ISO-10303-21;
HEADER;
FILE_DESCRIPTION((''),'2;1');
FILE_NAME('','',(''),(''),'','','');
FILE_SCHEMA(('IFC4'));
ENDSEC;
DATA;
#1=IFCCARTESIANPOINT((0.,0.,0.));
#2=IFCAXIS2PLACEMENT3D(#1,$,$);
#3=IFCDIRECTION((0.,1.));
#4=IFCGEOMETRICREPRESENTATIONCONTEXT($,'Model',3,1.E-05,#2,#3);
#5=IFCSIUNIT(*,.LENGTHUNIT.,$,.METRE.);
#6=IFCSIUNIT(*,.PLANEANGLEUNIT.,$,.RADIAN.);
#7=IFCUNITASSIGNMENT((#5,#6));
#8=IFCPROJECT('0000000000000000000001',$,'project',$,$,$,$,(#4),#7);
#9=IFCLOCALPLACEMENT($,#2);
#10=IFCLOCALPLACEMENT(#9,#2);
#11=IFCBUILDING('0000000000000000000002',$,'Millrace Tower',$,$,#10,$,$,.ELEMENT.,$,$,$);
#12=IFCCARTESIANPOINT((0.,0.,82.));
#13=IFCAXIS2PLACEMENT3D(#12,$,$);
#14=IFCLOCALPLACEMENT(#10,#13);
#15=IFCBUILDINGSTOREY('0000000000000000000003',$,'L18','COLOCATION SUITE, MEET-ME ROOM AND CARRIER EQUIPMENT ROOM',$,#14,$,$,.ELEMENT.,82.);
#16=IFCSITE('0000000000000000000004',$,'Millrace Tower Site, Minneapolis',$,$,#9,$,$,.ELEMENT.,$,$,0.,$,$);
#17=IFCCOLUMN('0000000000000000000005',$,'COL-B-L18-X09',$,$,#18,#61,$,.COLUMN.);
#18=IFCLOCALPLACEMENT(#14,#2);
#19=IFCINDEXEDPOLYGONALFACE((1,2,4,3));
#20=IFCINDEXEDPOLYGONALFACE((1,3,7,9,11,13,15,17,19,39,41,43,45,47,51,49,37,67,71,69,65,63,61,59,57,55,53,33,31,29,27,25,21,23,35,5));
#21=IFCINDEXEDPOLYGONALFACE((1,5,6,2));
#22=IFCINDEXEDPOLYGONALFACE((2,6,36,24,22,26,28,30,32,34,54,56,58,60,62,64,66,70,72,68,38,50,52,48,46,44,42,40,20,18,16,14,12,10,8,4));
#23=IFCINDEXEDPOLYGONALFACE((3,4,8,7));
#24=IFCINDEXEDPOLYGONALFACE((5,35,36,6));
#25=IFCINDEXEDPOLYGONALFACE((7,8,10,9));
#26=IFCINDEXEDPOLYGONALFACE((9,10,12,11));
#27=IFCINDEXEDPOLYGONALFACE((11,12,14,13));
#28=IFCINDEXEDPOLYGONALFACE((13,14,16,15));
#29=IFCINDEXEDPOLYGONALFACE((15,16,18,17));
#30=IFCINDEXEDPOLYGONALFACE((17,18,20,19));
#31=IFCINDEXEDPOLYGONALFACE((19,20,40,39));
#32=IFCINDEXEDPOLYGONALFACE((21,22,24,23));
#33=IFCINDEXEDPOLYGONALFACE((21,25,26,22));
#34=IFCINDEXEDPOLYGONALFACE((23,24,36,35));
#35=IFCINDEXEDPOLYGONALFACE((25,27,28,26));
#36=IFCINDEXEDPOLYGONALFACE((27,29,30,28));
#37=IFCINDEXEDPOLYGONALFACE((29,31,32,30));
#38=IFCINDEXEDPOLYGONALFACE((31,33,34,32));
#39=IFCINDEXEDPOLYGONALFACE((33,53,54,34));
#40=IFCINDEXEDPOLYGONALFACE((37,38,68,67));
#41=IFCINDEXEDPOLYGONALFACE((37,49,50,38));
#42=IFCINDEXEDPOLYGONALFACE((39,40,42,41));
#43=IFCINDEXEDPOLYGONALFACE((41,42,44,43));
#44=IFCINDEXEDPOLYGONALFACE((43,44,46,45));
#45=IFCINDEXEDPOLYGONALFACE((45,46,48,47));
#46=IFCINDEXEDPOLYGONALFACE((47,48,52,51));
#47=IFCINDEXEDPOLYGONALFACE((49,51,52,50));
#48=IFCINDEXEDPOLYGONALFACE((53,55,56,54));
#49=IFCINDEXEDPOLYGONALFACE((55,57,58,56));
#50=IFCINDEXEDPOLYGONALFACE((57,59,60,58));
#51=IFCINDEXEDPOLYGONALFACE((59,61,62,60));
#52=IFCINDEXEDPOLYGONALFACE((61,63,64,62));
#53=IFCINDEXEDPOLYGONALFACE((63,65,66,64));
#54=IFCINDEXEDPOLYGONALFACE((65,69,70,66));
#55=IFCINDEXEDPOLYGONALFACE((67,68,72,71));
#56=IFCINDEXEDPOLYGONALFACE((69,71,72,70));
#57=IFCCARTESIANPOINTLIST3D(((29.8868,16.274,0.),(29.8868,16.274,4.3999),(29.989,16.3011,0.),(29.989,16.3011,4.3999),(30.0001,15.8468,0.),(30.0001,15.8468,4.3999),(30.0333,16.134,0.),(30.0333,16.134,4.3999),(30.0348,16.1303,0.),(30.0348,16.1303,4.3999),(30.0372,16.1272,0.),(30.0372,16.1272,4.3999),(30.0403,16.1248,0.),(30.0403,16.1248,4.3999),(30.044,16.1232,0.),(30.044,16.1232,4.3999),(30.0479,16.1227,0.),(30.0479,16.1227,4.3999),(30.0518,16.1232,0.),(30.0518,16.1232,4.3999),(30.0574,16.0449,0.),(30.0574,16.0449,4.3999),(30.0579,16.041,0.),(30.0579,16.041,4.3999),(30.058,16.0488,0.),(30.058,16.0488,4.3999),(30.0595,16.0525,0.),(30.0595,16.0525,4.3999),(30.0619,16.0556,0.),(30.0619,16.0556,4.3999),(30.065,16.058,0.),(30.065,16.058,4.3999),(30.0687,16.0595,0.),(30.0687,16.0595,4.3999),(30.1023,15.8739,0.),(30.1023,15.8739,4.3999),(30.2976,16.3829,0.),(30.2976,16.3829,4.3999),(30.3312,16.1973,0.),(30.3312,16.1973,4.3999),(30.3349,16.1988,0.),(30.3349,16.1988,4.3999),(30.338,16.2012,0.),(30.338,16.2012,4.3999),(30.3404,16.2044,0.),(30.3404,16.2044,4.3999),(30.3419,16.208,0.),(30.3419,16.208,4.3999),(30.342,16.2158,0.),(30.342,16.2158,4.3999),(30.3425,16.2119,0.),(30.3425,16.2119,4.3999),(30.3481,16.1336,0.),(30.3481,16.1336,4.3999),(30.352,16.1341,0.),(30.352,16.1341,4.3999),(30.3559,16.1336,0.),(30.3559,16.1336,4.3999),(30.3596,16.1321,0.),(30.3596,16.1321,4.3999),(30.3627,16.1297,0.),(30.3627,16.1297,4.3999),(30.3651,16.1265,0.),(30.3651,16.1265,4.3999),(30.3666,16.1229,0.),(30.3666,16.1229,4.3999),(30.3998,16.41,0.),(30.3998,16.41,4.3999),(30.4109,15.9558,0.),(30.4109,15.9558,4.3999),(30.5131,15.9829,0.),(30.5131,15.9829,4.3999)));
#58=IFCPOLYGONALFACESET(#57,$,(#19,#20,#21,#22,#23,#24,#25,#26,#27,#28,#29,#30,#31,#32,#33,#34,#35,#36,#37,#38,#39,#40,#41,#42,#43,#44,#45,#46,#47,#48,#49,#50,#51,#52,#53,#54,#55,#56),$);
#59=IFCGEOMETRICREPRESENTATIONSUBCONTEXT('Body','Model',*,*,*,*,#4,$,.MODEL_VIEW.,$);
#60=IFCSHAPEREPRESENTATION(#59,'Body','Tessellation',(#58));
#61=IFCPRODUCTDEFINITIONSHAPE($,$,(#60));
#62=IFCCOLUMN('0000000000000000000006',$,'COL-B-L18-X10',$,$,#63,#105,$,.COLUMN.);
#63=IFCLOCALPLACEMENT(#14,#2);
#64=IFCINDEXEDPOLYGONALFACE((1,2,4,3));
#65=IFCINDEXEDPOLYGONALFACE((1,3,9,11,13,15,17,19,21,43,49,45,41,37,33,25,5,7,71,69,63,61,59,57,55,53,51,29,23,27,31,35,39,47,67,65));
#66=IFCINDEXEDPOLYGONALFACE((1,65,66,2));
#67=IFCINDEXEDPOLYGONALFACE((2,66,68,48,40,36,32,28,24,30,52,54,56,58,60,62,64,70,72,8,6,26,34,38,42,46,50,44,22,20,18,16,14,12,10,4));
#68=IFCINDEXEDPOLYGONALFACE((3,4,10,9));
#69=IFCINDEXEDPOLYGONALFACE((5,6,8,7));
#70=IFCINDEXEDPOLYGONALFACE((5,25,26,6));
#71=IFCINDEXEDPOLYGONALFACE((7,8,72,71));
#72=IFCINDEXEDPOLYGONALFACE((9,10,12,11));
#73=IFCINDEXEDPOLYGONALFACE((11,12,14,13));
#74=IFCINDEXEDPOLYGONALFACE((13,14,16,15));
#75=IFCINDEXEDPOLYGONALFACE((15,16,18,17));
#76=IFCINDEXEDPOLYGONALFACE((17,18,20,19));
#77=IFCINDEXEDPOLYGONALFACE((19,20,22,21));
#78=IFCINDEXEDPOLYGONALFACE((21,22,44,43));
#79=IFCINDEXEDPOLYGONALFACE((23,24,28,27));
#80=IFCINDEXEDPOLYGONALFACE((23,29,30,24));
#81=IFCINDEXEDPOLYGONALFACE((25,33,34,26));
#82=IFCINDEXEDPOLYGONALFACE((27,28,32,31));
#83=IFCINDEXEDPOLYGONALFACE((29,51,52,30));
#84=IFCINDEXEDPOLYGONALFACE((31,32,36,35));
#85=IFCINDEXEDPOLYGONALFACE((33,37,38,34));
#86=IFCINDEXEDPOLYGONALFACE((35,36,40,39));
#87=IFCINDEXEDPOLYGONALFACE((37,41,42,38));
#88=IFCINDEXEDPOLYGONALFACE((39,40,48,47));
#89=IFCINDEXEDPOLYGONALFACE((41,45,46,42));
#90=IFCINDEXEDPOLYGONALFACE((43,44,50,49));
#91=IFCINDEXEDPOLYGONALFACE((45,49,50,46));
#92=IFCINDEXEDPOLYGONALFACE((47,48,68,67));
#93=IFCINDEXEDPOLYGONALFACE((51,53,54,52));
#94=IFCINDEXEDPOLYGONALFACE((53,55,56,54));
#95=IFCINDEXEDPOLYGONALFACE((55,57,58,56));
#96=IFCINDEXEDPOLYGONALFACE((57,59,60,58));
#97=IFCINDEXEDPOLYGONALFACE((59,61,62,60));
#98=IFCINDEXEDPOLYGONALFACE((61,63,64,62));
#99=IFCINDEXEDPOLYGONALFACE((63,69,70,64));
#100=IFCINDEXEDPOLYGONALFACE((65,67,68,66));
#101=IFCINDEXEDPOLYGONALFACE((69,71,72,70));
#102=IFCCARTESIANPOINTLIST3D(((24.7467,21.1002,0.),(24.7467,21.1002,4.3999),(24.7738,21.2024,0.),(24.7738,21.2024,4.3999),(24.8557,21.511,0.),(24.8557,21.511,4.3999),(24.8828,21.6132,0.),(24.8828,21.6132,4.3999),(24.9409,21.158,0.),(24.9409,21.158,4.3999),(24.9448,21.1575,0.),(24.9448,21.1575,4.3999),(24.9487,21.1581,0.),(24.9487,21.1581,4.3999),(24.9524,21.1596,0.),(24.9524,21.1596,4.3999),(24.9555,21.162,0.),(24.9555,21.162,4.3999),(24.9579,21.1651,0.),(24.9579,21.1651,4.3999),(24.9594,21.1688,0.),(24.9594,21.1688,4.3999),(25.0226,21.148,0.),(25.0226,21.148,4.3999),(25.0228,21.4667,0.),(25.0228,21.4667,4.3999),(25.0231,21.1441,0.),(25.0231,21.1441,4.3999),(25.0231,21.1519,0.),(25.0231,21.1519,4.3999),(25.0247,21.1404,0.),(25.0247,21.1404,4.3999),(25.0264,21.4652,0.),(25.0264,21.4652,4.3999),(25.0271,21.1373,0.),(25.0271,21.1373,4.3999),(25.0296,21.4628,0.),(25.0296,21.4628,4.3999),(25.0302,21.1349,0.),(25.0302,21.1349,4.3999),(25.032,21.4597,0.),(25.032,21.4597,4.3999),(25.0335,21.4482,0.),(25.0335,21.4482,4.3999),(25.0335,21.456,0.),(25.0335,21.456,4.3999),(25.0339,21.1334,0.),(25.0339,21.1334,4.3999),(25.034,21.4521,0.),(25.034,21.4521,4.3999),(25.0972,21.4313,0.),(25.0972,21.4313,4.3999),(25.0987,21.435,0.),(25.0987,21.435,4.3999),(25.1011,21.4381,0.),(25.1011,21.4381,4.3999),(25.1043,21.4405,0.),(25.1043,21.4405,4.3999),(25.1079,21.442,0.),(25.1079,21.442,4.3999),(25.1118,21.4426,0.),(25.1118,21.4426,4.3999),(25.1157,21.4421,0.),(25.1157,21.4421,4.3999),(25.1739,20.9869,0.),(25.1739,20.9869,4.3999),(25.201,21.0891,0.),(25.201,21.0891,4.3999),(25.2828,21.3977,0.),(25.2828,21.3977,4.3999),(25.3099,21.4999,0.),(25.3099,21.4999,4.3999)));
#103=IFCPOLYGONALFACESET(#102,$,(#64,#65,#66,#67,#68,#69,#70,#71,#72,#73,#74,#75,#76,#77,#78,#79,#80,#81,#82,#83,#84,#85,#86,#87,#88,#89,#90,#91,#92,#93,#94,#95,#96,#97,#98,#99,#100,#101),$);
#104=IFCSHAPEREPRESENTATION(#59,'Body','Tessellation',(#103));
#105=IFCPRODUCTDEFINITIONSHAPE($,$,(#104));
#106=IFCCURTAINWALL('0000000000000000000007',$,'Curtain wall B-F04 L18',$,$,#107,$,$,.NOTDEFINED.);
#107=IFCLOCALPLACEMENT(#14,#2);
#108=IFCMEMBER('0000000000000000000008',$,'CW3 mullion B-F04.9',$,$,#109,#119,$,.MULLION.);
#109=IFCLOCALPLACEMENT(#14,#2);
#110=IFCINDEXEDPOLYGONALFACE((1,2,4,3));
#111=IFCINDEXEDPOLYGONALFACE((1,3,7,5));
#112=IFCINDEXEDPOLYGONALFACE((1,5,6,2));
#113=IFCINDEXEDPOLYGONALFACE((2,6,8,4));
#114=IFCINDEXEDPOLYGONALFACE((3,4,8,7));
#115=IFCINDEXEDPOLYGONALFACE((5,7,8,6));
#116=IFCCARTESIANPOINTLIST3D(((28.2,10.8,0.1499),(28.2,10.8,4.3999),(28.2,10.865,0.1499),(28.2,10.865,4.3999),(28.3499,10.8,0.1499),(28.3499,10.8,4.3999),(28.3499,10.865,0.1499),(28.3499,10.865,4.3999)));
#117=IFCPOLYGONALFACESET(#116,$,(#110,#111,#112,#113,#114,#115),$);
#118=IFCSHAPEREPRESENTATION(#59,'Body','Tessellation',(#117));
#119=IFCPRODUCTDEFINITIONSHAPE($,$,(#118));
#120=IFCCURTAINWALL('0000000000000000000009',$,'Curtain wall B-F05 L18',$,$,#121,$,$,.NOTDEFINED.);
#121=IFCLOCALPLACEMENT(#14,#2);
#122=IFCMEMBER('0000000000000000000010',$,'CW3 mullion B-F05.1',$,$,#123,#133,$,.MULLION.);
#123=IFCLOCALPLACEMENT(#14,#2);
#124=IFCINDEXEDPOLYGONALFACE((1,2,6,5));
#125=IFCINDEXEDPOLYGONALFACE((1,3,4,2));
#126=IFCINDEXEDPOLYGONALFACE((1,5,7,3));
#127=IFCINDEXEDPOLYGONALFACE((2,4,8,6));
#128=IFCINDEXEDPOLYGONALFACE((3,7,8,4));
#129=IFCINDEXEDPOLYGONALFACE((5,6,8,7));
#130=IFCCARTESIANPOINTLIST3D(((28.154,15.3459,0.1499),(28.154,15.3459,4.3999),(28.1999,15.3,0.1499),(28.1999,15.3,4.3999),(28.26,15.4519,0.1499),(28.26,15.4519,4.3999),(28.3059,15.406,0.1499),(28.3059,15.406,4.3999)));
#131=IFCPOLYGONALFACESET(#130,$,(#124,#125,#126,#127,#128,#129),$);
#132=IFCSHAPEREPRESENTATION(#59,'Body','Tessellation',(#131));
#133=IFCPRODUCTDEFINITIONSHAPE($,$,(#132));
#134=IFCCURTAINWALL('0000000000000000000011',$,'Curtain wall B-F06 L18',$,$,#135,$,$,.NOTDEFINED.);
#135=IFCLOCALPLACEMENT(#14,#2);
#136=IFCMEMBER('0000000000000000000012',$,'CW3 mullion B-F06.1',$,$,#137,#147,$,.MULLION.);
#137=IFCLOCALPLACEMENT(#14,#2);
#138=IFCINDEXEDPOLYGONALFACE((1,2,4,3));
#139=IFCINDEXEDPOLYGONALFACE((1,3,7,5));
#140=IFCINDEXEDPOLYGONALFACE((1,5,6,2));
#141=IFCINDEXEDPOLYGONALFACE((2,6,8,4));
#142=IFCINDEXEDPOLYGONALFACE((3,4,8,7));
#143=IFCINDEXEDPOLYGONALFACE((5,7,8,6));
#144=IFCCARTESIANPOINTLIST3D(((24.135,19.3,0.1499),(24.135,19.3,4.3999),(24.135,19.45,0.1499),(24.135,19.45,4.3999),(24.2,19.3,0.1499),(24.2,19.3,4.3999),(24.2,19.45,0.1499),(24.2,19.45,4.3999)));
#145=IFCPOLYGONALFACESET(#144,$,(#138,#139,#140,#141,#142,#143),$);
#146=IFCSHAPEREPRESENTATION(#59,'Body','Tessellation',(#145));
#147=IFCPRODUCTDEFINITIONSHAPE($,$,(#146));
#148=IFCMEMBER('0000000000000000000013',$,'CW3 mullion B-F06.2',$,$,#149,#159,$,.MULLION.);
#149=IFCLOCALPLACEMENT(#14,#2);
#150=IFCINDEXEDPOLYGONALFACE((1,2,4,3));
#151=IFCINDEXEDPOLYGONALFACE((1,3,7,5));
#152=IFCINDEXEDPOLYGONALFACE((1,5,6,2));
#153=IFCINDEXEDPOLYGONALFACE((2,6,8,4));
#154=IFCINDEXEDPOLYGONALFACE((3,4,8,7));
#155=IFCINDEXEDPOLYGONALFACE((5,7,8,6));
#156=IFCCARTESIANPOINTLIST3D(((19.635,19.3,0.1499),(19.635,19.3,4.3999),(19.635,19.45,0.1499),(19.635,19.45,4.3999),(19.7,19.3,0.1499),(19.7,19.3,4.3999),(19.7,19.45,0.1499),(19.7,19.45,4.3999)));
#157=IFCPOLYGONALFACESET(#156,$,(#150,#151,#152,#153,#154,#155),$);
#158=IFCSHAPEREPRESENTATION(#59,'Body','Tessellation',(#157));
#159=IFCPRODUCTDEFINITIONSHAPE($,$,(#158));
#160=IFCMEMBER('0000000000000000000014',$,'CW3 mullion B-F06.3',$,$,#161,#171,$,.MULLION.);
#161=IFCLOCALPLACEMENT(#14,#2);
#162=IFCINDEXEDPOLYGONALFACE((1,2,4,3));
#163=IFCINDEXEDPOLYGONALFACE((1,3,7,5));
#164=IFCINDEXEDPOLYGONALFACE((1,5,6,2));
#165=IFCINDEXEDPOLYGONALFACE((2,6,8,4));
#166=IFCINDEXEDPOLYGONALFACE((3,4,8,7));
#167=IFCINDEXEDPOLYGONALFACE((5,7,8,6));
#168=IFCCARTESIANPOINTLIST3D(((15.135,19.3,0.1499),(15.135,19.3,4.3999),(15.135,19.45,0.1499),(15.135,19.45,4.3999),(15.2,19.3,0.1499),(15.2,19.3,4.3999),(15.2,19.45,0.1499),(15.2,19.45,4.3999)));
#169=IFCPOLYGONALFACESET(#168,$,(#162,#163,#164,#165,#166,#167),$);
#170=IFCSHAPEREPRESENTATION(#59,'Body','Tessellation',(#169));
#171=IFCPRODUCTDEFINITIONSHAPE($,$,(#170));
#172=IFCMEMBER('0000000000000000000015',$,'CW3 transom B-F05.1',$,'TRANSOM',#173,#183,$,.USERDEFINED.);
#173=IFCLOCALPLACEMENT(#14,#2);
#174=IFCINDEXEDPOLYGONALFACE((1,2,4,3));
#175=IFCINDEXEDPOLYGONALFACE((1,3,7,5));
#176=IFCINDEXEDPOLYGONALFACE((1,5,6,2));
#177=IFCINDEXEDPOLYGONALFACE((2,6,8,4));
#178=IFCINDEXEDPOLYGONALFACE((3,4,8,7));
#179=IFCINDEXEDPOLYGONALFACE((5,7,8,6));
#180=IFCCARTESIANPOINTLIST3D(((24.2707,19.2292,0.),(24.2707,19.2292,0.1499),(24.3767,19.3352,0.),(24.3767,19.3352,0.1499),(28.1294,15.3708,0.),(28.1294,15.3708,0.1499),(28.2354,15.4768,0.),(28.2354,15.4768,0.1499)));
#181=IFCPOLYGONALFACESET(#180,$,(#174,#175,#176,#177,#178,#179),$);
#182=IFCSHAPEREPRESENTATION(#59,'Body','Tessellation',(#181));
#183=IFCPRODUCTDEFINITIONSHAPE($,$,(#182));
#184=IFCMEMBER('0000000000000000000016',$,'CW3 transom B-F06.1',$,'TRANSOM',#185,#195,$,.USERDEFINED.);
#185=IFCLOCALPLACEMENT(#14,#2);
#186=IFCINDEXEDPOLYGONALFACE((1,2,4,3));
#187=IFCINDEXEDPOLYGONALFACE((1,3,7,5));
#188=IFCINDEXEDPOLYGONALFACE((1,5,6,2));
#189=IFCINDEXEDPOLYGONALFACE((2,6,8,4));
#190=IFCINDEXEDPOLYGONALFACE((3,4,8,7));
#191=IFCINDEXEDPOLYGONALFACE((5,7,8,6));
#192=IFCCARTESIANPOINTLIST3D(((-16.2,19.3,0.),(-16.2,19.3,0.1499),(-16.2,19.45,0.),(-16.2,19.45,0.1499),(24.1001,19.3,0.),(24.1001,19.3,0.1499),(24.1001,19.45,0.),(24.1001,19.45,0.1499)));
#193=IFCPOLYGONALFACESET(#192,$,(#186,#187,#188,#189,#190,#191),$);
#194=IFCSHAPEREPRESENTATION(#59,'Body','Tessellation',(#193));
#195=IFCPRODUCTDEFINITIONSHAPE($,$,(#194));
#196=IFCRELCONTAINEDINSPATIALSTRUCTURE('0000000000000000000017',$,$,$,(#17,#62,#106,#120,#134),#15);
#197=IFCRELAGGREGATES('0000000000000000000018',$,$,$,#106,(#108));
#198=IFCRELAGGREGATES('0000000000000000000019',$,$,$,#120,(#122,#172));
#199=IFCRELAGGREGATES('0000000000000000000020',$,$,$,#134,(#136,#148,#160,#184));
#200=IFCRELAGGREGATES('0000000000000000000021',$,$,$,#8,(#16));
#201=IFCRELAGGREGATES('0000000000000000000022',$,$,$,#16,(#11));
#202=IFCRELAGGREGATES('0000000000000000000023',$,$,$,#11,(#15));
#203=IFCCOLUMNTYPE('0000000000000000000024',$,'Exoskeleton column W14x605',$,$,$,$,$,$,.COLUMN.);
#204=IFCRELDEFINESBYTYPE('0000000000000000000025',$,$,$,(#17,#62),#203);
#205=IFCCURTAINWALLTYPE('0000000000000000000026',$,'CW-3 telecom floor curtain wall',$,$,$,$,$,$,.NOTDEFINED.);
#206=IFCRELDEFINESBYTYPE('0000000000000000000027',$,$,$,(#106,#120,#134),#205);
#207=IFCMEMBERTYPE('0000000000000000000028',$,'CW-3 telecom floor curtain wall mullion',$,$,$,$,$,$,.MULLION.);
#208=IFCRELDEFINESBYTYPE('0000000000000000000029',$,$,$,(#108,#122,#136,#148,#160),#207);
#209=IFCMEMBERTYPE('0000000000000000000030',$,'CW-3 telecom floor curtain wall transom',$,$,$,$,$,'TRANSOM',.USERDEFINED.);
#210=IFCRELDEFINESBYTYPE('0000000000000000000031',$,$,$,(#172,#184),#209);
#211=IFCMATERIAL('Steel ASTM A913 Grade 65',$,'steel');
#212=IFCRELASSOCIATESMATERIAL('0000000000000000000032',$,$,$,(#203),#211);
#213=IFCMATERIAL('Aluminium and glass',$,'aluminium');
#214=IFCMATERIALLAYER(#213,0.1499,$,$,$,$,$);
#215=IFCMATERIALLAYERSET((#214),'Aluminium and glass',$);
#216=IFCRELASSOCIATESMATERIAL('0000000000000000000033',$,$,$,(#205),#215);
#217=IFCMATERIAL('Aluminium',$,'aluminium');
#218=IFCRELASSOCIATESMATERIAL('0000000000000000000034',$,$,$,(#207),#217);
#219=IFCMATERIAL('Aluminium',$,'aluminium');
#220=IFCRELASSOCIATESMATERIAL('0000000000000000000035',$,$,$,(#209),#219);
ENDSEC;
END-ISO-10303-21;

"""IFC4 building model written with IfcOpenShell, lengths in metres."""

from ifc_helpers import new_model, si_unit, direction, frame, origin, origin_2d, place, context, subcontext, project, spatial, rectangle, i_section, extrude, material, layer, layer_set, material_profile, profile_set, type_object, element, aggregate, save


model = new_model("IFC4")

# Units and contexts
model_context = context("Model", 3, precision=1e-05, world=origin(), true_north=direction((0.0, 1.0)))
body_context = subcontext(model_context, "Body", "Model", "MODEL_VIEW")
ifc_project = project(units=[si_unit("LENGTHUNIT", "METRE"), si_unit("PLANEANGLEUNIT", "RADIAN")], contexts=[model_context])

# Site, building, storey
site_placement = place(None, origin())
site = spatial("IfcSite", under=ifc_project, at=site_placement, Name="Millrace Tower Site, Minneapolis", CompositionType="ELEMENT", RefElevation=0.0)
building_placement = place(site_placement, origin())
building = spatial("IfcBuilding", under=site, at=building_placement, Name="Millrace Tower", CompositionType="ELEMENT")
storey_placement = place(building_placement, frame((0.0, 0.0, 82.0)))
storey = spatial("IfcBuildingStorey", under=building, at=storey_placement, Name="L18", Description="COLOCATION SUITE, MEET-ME ROOM AND CARRIER EQUIPMENT ROOM", CompositionType="ELEMENT", Elevation=82.0)

# Columns
ifc_material_1 = material(Name="Steel ASTM A913 Grade 65", Category="steel")
ifc_material_profile_1 = material_profile(ifc_material_1, i_section(OverallWidth=0.4419, OverallDepth=0.5308, WebThickness=0.0659, FlangeThickness=0.1057, FilletRadius=0.0151, at=origin_2d()))
ifc_profile_set_1 = profile_set([ifc_material_profile_1], Name="Steel ASTM A913 Grade 65")
column_type = type_object("IfcColumnType", Name="Exoskeleton column W14x605", PredefinedType="COLUMN", material=ifc_profile_set_1)
for number, where, z_axis, x_axis, name in (
    (1, (30.2, 16.1284, 0.0), (0.0, 0.0, 1.0), (-0.256347, 0.966585, 0.0), "COL-B-L18-X09"),
    (2, (25.0283, 21.3, 0.0), (0.0, 0.0, 1.0), (-0.966585, 0.256347, 0.0), "COL-B-L18-X10"),
):
    element("IfcColumn", number, at=place(storey_placement, frame(where, z_axis=z_axis, x_axis=x_axis)), inside=storey, type_object=column_type, Name=name, PredefinedType="COLUMN", context=body_context, shape_type="SweptSolid", body=[
        extrude(i_section(OverallWidth=0.4419, OverallDepth=0.5308, WebThickness=0.0659, FlangeThickness=0.1057, FilletRadius=0.0151, at=origin_2d()), origin(), (0.0, 0.0, 1.0), 4.3999),
    ])

# Curtain walls, members
ifc_material_2 = material(Name="Aluminium and glass", Category="aluminium")
ifc_layer_1 = layer(ifc_material_2, 0.1499)
ifc_layer_set_1 = layer_set([ifc_layer_1], Name="Aluminium and glass")
curtain_wall_type = type_object("IfcCurtainWallType", Name="CW-3 telecom floor curtain wall", PredefinedType="NOTDEFINED", material=ifc_layer_set_1)
placement = place(storey_placement, origin())
curtain_wall_1 = element("IfcCurtainWall", 3, at=placement, inside=storey, type_object=curtain_wall_type, Name="Curtain wall B-F04 L18", PredefinedType="NOTDEFINED")
ifc_material_3 = material(Name="Aluminium", Category="aluminium")
ifc_material_profile_2 = material_profile(ifc_material_3, rectangle(XDim=0.0649, YDim=0.1499, at=origin_2d()))
ifc_profile_set_2 = profile_set([ifc_material_profile_2], Name="Aluminium")
member_type_1 = type_object("IfcMemberType", Name="CW-3 telecom floor curtain wall mullion", PredefinedType="MULLION", material=ifc_profile_set_2)
member_1_placement = place(storey_placement, frame((28.2749, 10.8325, 0.1499), z_axis=(0.0, 0.0, 1.0), x_axis=(0.0, 1.0, 0.0)))
member_1 = element("IfcMember", 4, at=member_1_placement, type_object=member_type_1, Name="CW3 mullion B-F04.9", PredefinedType="MULLION", context=body_context, shape_type="SweptSolid", body=[
    extrude(rectangle(XDim=0.0649, YDim=0.1499, at=origin_2d()), origin(), (0.0, 0.0, 1.0), 4.25),
])
aggregate(curtain_wall_1, [member_1])
curtain_wall_2 = element("IfcCurtainWall", 5, at=placement, inside=storey, type_object=curtain_wall_type, Name="Curtain wall B-F05 L18", PredefinedType="NOTDEFINED")
member_2_placement = place(storey_placement, frame((28.23, 15.376, 0.1499), z_axis=(0.0, 0.0, 1.0), x_axis=(-0.707107, 0.707107, 0.0)))
member_2 = element("IfcMember", 6, at=member_2_placement, type_object=member_type_1, Name="CW3 mullion B-F05.1", PredefinedType="MULLION", context=body_context, shape_type="SweptSolid", body=[
    extrude(rectangle(XDim=0.0649, YDim=0.1499, at=origin_2d()), origin(), (0.0, 0.0, 1.0), 4.25),
])

# Curtain wall, members
curtain_wall_3 = element("IfcCurtainWall", 7, at=placement, inside=storey, type_object=curtain_wall_type, Name="Curtain wall B-F06 L18", PredefinedType="NOTDEFINED")
member_3_placement = place(storey_placement, frame((24.1675, 19.375, 0.1499), z_axis=(0.0, 0.0, 1.0), x_axis=(-1.0, 0.0, 0.0)))
member_3 = element("IfcMember", 8, at=member_3_placement, type_object=member_type_1, Name="CW3 mullion B-F06.1", PredefinedType="MULLION", context=body_context, shape_type="SweptSolid", body=[
    extrude(rectangle(XDim=0.0649, YDim=0.1499, at=origin_2d()), origin(), (0.0, 0.0, 1.0), 4.25),
])
member_4_placement = place(storey_placement, frame((19.6675, 19.375, 0.1499), z_axis=(0.0, 0.0, 1.0), x_axis=(-1.0, 0.0, 0.0)))
member_4 = element("IfcMember", 9, at=member_4_placement, type_object=member_type_1, Name="CW3 mullion B-F06.2", PredefinedType="MULLION", context=body_context, shape_type="SweptSolid", body=[
    extrude(rectangle(XDim=0.0649, YDim=0.1499, at=origin_2d()), origin(), (0.0, 0.0, 1.0), 4.25),
])
member_5_placement = place(storey_placement, frame((15.1675, 19.375, 0.1499), z_axis=(0.0, 0.0, 1.0), x_axis=(-1.0, 0.0, 0.0)))
member_5 = element("IfcMember", 10, at=member_5_placement, type_object=member_type_1, Name="CW3 mullion B-F06.3", PredefinedType="MULLION", context=body_context, shape_type="SweptSolid", body=[
    extrude(rectangle(XDim=0.0649, YDim=0.1499, at=origin_2d()), origin(), (0.0, 0.0, 1.0), 4.25),
])

# Members
ifc_material_4 = material(Name="Aluminium", Category="aluminium")
ifc_material_profile_3 = material_profile(ifc_material_4, rectangle(XDim=0.1499, YDim=0.1499, at=origin_2d()))
ifc_profile_set_3 = profile_set([ifc_material_profile_3], Name="Aluminium")
member_type_2 = type_object("IfcMemberType", Name="CW-3 telecom floor curtain wall transom", ElementType="TRANSOM", PredefinedType="USERDEFINED", material=ifc_profile_set_3)
member_6_placement = place(storey_placement, frame((28.1824, 15.4238, 0.075), z_axis=(-0.707129, 0.707084, 0.0), x_axis=(-0.707084, -0.707129, 0.0)))
member_6 = element("IfcMember", 11, at=member_6_placement, type_object=member_type_2, Name="CW3 transom B-F05.1", ObjectType="TRANSOM", PredefinedType="USERDEFINED", context=body_context, shape_type="SweptSolid", body=[
    extrude(rectangle(XDim=0.1499, YDim=0.1499, at=origin_2d()), origin(), (0.0, 0.0, 1.0), 5.4568),
])
aggregate(curtain_wall_2, [member_2, member_6])
member_7_placement = place(storey_placement, frame((24.1001, 19.375, 0.075), z_axis=(-1.0, 0.0, 0.0), x_axis=(0.0, -1.0, 0.0)))
member_7 = element("IfcMember", 12, at=member_7_placement, type_object=member_type_2, Name="CW3 transom B-F06.1", ObjectType="TRANSOM", PredefinedType="USERDEFINED", context=body_context, shape_type="SweptSolid", body=[
    extrude(rectangle(XDim=0.1499, YDim=0.1499, at=origin_2d()), origin(), (0.0, 0.0, 1.0), 40.3),
])
aggregate(curtain_wall_3, [member_3, member_4, member_5, member_7])

save(model, "model.ifc")
